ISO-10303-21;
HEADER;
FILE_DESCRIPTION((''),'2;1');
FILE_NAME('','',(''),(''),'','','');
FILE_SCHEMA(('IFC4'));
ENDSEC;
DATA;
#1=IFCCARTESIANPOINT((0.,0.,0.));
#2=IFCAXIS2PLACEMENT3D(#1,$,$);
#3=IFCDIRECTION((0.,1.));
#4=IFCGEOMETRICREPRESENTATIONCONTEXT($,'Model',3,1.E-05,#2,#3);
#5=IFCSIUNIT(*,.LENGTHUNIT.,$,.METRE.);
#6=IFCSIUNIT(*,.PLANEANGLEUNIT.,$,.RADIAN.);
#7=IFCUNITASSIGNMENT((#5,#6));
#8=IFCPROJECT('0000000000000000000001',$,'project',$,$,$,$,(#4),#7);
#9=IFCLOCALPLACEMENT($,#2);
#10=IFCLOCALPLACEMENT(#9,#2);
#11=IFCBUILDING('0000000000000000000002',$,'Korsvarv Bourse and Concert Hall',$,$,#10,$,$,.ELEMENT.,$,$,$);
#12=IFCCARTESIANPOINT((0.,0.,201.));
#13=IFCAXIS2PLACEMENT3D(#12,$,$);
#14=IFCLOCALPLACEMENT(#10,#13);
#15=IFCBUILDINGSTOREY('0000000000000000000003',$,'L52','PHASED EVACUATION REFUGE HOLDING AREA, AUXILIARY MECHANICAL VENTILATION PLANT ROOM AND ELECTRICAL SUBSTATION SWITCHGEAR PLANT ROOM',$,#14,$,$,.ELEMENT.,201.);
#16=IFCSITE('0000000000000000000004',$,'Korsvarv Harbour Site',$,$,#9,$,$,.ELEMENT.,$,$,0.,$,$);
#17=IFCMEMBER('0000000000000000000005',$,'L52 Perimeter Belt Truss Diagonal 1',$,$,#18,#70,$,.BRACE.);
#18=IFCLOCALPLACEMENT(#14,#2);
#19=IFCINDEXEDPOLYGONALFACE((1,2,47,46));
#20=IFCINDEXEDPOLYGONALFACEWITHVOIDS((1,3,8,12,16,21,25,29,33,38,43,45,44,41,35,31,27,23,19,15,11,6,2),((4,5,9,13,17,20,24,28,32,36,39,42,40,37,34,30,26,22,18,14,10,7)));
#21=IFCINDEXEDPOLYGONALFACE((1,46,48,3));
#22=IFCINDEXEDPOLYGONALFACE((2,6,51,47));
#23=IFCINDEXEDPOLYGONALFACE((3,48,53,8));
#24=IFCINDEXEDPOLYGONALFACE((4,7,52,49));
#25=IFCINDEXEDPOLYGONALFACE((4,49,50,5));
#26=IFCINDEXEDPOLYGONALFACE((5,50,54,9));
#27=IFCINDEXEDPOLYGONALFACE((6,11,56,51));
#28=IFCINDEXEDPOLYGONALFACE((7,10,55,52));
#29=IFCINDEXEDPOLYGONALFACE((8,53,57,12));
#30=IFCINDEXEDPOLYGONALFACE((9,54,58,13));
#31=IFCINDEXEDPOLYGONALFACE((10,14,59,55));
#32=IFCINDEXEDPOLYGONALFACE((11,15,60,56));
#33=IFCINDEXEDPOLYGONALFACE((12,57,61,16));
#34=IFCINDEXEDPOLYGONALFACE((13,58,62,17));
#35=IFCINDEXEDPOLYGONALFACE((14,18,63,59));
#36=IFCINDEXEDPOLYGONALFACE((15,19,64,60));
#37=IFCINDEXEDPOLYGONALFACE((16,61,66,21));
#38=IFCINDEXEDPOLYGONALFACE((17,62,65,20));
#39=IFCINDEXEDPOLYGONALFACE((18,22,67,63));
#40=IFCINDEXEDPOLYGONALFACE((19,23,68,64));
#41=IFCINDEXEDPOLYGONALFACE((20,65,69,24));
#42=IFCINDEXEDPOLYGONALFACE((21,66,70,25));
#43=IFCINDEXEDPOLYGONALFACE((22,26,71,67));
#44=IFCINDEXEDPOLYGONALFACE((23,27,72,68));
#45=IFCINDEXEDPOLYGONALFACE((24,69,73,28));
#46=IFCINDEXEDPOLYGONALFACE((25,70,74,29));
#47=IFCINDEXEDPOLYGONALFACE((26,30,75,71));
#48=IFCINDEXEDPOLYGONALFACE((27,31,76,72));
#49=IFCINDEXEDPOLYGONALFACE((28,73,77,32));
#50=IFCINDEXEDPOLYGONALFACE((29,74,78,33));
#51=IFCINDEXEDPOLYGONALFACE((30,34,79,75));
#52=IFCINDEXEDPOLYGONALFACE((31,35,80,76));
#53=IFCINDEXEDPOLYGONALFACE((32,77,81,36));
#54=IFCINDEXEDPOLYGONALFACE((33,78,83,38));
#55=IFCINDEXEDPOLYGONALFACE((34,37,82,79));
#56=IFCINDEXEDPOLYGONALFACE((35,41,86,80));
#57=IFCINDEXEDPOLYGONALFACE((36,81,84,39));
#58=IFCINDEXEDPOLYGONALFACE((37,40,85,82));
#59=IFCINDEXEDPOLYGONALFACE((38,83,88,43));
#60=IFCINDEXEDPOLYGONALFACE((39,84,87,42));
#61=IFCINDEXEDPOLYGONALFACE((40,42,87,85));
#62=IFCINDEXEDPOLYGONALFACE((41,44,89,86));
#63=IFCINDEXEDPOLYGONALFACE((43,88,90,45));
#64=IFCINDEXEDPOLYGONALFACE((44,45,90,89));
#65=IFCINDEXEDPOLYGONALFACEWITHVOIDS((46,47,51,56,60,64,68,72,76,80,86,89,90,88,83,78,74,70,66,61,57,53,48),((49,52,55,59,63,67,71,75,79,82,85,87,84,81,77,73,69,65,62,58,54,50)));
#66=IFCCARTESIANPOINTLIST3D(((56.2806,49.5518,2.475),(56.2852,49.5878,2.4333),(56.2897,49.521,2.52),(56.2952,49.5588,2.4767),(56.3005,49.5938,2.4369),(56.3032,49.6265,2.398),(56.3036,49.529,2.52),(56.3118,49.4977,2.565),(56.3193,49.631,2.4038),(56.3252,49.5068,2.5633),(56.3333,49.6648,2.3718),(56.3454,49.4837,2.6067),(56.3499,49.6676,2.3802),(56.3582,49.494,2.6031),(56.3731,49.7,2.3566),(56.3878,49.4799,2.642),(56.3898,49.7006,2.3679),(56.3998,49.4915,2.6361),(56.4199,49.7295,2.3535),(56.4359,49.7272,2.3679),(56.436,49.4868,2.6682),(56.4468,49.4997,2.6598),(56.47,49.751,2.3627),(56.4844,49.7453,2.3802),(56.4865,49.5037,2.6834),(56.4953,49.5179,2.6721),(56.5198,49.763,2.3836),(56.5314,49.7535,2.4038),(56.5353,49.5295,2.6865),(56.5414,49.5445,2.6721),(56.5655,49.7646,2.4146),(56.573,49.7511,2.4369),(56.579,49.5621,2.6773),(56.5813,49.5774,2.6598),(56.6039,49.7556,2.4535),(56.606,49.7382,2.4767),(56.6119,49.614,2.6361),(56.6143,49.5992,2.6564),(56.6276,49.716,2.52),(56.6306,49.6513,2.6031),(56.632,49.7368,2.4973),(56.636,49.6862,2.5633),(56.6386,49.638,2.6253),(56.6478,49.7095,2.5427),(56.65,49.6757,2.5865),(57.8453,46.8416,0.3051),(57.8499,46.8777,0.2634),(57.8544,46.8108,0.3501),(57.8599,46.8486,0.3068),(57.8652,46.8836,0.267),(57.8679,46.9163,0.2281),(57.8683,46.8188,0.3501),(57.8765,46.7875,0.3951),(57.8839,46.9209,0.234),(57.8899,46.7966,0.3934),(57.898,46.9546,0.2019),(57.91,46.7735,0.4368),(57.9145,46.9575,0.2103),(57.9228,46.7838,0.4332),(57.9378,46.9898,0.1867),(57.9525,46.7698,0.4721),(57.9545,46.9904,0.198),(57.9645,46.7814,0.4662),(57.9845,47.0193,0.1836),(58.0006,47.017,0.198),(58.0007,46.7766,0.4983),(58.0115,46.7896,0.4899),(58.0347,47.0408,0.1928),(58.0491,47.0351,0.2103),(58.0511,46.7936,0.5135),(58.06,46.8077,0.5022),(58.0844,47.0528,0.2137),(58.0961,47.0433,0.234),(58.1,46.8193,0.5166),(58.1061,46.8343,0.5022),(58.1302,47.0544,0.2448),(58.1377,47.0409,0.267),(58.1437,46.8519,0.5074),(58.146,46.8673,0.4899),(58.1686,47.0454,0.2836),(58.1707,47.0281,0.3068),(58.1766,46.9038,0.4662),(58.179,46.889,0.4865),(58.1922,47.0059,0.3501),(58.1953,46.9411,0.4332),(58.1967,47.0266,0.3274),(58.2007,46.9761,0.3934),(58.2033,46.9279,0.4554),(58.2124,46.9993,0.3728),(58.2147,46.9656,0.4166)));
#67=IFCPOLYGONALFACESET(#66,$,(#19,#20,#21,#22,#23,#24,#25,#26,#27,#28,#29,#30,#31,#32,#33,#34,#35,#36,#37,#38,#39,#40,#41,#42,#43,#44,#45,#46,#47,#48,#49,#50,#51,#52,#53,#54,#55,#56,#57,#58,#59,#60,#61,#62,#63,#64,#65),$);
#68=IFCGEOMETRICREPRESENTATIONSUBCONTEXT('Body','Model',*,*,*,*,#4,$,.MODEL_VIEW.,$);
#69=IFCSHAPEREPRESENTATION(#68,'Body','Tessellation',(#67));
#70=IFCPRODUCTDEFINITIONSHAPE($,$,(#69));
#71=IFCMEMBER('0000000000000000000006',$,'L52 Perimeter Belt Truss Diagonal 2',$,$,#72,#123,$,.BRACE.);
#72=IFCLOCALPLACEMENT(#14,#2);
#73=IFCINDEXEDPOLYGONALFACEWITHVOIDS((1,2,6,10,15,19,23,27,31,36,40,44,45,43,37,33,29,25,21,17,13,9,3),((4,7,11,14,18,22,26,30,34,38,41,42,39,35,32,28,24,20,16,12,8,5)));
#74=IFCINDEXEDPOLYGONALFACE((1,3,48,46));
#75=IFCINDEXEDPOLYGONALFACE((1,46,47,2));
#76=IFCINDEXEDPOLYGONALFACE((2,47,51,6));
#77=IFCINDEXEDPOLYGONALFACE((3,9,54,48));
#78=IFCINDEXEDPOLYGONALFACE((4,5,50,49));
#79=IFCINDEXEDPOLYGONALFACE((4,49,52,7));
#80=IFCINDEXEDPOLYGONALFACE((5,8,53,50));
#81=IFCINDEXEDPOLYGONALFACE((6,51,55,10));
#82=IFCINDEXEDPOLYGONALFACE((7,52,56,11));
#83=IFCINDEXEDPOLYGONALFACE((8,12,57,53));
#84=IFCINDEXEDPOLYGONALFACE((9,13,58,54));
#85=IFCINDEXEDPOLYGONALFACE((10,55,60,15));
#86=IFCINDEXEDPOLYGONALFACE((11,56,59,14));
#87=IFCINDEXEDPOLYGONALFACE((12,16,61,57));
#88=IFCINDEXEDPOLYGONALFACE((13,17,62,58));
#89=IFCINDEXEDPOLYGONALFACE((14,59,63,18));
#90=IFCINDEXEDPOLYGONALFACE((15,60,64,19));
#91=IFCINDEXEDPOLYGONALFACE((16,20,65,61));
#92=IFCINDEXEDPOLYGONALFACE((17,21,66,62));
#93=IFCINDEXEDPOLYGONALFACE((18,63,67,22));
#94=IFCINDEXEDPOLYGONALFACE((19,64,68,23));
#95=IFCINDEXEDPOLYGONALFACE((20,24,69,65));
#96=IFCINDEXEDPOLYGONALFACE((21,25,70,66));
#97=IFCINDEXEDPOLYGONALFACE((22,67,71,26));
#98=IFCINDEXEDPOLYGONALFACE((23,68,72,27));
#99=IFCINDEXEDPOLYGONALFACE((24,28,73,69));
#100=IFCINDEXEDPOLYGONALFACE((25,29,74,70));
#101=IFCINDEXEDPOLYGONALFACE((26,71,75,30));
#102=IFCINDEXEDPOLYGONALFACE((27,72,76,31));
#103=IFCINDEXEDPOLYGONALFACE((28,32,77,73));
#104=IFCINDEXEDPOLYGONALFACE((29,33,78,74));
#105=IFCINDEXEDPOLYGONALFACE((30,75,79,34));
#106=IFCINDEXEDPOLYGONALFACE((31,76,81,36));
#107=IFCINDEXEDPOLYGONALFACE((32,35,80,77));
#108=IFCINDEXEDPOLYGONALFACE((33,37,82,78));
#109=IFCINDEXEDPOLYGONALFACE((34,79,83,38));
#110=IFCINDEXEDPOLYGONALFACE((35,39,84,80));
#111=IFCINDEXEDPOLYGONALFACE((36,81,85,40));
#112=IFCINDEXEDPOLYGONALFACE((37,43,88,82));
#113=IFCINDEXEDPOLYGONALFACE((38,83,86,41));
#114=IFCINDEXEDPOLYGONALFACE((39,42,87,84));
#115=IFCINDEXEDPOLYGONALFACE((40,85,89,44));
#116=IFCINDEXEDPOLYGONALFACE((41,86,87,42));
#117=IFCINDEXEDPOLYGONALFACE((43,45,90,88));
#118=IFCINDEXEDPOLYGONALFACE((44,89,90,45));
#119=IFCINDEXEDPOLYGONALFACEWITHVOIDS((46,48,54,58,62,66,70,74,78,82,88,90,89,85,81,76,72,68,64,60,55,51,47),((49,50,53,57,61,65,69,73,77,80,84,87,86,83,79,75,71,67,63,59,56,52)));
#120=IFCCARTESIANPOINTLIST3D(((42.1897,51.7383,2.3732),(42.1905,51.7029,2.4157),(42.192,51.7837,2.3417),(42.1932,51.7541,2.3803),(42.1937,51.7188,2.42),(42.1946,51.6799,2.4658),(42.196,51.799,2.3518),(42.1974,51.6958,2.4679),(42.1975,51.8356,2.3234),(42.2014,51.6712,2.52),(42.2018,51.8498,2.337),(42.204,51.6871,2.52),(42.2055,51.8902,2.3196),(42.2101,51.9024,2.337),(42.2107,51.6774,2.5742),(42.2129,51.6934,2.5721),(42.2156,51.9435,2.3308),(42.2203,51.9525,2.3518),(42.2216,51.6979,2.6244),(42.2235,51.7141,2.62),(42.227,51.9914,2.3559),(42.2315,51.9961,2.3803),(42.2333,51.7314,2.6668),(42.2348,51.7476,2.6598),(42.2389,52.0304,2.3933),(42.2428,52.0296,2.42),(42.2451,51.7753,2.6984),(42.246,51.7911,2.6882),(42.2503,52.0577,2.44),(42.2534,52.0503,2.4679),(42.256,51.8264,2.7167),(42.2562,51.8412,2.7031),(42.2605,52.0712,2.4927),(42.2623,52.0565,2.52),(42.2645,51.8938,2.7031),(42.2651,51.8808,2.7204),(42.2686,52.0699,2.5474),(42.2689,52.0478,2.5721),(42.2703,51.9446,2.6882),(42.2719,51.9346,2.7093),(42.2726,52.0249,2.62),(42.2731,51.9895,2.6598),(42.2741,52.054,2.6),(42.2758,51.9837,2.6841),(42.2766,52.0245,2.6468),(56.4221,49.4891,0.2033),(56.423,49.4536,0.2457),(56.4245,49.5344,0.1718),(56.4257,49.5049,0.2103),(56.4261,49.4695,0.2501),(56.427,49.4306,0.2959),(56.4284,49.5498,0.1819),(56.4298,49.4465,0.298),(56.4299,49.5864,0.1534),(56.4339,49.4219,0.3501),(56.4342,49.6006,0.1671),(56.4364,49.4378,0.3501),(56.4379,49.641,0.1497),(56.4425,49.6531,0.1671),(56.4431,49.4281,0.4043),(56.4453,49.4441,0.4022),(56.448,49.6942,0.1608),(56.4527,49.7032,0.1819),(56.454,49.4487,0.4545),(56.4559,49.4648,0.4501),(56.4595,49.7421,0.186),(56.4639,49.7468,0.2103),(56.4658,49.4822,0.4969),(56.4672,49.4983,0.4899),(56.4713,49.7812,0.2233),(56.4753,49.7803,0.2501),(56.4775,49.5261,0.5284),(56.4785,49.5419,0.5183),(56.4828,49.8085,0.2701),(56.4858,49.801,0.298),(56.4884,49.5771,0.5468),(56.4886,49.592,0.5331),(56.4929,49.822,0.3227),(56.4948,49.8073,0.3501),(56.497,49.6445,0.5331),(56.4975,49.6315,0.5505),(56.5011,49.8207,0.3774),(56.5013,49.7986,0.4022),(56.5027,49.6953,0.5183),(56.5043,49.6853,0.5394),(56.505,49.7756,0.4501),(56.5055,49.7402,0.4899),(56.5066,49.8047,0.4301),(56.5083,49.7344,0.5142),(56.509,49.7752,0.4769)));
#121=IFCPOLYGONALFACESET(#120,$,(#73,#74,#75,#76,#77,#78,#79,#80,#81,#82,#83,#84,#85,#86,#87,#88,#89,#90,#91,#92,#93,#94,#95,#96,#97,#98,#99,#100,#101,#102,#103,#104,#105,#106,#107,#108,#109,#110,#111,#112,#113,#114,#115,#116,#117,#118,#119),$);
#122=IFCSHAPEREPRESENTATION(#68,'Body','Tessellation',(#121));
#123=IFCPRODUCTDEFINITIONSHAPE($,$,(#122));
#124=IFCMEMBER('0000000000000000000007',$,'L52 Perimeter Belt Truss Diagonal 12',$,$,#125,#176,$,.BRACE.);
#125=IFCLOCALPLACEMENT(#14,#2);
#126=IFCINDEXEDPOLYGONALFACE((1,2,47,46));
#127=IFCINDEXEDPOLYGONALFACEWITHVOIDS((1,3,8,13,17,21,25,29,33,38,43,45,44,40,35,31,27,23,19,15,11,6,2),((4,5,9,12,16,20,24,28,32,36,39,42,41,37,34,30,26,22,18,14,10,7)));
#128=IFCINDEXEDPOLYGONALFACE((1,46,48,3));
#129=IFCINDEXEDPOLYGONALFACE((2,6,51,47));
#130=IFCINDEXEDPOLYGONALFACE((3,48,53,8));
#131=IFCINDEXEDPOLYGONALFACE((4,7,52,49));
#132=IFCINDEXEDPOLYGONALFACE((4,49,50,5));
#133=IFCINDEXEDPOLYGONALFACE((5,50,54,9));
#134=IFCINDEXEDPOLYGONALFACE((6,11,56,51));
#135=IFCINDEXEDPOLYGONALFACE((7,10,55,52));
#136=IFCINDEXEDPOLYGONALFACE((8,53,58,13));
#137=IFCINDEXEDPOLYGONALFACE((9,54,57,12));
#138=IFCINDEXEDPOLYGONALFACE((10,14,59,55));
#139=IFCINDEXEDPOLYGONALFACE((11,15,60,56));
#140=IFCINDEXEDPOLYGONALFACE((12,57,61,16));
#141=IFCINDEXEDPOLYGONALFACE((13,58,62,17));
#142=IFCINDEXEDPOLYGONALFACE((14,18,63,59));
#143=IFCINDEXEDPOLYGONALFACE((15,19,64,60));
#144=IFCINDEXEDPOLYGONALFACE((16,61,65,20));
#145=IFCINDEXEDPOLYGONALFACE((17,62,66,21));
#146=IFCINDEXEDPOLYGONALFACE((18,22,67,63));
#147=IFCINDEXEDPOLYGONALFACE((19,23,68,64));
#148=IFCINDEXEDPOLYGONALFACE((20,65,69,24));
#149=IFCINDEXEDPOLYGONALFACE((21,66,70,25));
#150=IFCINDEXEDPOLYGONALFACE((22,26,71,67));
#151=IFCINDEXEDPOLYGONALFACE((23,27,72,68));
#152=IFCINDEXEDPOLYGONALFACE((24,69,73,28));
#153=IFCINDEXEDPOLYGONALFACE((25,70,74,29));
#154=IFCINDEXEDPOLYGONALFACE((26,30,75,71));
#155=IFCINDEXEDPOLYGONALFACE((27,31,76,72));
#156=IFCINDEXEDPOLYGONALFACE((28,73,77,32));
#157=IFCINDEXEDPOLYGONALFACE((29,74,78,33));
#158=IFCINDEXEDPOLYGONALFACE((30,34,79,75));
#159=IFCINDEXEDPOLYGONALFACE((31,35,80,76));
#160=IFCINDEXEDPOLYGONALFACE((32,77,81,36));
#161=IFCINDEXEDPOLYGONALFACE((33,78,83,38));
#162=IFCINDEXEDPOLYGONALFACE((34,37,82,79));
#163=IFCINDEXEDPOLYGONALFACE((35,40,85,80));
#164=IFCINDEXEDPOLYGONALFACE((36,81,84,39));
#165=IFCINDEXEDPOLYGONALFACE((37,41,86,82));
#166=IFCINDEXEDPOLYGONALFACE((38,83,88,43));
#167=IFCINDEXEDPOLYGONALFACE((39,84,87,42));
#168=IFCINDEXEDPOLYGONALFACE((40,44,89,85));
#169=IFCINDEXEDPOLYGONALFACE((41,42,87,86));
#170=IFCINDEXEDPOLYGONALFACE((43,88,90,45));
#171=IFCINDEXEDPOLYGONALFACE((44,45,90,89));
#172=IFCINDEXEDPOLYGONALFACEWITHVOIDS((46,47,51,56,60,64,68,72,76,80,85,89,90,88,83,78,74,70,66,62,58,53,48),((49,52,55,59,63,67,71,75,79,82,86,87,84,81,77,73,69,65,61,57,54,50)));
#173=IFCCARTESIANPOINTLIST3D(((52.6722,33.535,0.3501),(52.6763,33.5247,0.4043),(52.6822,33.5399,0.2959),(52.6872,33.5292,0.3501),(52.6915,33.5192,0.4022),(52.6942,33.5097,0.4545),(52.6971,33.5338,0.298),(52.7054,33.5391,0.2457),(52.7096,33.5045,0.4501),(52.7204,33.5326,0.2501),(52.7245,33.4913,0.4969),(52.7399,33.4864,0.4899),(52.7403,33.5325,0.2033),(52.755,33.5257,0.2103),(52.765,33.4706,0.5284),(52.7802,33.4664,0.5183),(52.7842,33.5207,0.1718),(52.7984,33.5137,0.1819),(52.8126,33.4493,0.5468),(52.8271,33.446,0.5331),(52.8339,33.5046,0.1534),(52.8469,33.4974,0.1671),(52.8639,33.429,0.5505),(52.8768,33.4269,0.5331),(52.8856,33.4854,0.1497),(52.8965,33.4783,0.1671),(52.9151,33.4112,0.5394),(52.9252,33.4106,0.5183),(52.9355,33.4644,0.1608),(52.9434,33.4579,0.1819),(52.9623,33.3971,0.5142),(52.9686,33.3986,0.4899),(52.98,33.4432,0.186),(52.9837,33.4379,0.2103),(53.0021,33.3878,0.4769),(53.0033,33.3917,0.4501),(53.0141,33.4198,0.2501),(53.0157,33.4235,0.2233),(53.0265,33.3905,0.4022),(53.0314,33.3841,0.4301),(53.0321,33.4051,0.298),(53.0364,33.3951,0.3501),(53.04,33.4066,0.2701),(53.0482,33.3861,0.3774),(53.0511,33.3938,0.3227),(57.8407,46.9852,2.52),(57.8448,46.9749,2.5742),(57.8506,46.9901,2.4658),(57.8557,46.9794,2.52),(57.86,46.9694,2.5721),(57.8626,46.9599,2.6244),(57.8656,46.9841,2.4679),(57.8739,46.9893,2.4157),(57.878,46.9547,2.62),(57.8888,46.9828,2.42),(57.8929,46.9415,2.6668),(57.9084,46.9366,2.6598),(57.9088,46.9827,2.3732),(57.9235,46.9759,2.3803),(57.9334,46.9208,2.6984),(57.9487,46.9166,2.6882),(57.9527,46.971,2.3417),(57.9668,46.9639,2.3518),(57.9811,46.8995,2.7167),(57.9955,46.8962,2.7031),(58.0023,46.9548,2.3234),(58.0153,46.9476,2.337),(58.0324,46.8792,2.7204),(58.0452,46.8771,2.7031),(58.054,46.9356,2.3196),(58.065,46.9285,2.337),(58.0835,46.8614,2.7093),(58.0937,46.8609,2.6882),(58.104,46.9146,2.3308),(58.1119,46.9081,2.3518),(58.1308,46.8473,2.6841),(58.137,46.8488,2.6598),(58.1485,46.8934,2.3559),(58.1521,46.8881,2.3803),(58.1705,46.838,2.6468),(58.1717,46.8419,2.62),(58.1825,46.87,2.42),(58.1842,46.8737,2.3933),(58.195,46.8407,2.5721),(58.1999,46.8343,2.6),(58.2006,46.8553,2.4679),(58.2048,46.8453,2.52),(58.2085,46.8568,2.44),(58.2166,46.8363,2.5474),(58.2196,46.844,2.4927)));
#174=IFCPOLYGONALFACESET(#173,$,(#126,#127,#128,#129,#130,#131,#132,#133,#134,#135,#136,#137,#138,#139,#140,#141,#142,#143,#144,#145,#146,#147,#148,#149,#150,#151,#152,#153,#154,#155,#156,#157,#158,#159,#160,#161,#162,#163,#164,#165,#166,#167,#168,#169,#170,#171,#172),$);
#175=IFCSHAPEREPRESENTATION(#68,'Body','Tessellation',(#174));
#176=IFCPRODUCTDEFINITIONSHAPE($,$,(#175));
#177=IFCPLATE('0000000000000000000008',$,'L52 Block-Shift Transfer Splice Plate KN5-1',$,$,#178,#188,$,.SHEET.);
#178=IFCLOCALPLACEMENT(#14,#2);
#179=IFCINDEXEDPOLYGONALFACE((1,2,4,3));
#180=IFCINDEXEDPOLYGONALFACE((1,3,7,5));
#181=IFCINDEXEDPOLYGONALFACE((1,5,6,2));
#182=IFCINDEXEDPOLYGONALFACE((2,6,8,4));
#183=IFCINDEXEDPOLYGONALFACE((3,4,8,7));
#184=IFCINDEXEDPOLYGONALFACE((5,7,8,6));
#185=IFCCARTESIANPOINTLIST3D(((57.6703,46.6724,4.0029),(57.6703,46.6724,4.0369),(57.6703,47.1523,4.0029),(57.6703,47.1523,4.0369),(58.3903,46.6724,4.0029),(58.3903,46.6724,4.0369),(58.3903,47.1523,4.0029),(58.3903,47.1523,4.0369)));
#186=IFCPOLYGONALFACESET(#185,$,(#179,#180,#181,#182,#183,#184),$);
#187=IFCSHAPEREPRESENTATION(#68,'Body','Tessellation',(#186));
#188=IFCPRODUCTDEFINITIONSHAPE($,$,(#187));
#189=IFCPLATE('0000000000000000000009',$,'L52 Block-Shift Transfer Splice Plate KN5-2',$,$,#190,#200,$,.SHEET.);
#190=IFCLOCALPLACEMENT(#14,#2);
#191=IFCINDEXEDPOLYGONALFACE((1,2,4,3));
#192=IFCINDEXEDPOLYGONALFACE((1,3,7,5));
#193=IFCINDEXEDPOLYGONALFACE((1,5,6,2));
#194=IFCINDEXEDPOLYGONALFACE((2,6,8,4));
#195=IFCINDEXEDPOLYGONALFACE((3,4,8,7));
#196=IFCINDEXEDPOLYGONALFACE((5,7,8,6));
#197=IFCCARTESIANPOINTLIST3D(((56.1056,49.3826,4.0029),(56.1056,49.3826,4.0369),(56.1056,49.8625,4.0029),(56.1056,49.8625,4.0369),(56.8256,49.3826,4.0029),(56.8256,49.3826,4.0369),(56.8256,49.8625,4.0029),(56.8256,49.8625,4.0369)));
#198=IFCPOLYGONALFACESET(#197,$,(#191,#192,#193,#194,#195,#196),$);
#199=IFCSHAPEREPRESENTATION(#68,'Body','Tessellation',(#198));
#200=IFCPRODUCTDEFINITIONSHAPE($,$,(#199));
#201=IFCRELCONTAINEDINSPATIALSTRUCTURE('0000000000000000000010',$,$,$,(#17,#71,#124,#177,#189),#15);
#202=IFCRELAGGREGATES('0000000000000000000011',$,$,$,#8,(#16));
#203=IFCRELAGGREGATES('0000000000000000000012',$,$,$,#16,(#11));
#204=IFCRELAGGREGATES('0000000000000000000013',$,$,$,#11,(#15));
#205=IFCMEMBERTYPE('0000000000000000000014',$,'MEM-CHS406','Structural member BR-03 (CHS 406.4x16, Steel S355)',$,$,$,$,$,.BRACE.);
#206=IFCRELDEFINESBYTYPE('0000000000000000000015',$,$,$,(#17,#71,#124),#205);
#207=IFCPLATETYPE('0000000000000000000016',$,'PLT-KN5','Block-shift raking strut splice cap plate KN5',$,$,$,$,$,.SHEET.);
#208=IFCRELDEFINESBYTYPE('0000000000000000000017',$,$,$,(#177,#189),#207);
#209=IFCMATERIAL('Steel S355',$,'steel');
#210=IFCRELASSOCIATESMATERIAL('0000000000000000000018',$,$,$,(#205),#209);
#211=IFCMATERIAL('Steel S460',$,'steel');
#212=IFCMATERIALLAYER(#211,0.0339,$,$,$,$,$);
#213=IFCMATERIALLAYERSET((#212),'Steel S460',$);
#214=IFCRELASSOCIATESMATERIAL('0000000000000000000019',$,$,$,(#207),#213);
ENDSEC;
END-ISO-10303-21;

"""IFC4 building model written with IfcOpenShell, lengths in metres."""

from ifc_helpers import new_model, si_unit, direction, frame, origin, origin_2d, place, context, subcontext, project, spatial, rectangle, hollow_circle, extrude, source, transform, mapped, material, layer, layer_set, material_profile, profile_set, type_object, element, save


model = new_model("IFC4")

# Units and contexts
model_context = context("Model", 3, precision=1e-05, world=origin(), true_north=direction((0.0, 1.0)))
body_context = subcontext(model_context, "Body", "Model", "MODEL_VIEW")
ifc_project = project(units=[si_unit("LENGTHUNIT", "METRE"), si_unit("PLANEANGLEUNIT", "RADIAN")], contexts=[model_context])

# Site, building, storey
site_placement = place(None, origin())
site = spatial("IfcSite", under=ifc_project, at=site_placement, Name="Korsvarv Harbour Site", CompositionType="ELEMENT", RefElevation=0.0)
building_placement = place(site_placement, origin())
building = spatial("IfcBuilding", under=site, at=building_placement, Name="Korsvarv Bourse and Concert Hall", CompositionType="ELEMENT")
storey_placement = place(building_placement, frame((0.0, 0.0, 201.0)))
storey = spatial("IfcBuildingStorey", under=building, at=storey_placement, Name="L52", Description="PHASED EVACUATION REFUGE HOLDING AREA, AUXILIARY MECHANICAL VENTILATION PLANT ROOM AND ELECTRICAL SUBSTATION SWITCHGEAR PLANT ROOM", CompositionType="ELEMENT", Elevation=201.0)

# Shared definitions
ifc_material_1 = material(Name="Steel S355", Category="steel")

# Members
ifc_material_profile_1 = material_profile(ifc_material_1, hollow_circle(Radius=0.2031, WallThickness=0.0161, at=origin_2d()), Name="CHS 406.4x16")
ifc_profile_set_1 = profile_set([ifc_material_profile_1], Name="Steel S355")
member_type_1 = type_object("IfcMemberType", Name="MEM-CHS406", Description="Structural member BR-03 (CHS 406.4x16, Steel S355)", PredefinedType="BRACE", material=ifc_profile_set_1)
shared_shape_1 = source(origin(), body_context, "Body", "SweptSolid", [
    extrude(hollow_circle(Radius=0.2031, WallThickness=0.0161, at=origin_2d()), origin(), (0.0, 0.0, 1.0), 3.8081),
])
member_1_placement = place(storey_placement, frame((58.0303, 46.9124, 0.3501), z_axis=(-0.410881, 0.711684, 0.569809), x_axis=(-0.866031, -0.49999, 0.0)))
element("IfcMember", 1, at=member_1_placement, inside=storey, type_object=member_type_1, Name="L52 Perimeter Belt Truss Diagonal 1", PredefinedType="BRACE", context=body_context, shape_type="MappedRepresentation", body=[
    mapped(shared_shape_1, transform((0.0, 0.0, 0.0), scale=1.0)),
])
shared_shape_2 = source(origin(), body_context, "Body", "SweptSolid", [
    extrude(hollow_circle(Radius=0.2031, WallThickness=0.0161, at=origin_2d()), origin(), (0.0, 0.0, 1.0), 14.5715),
])
for number, where, z_axis, x_axis, name in (
    (2, (56.4656, 49.6226, 0.3501), (-0.976728, 0.15436, 0.148915), (-0.156101, -0.987741, 0.0), "L52 Perimeter Belt Truss Diagonal 2"),
    (3, (52.8618, 33.4622, 0.3501), (0.354696, 0.923047, 0.148915), (-0.933455, 0.358695, 0.0), "L52 Perimeter Belt Truss Diagonal 12"),
):
    element("IfcMember", number, at=place(storey_placement, frame(where, z_axis=z_axis, x_axis=x_axis)), inside=storey, type_object=member_type_1, Name=name, PredefinedType="BRACE", context=body_context, shape_type="MappedRepresentation", body=[
        mapped(shared_shape_2, transform((0.0, 0.0, 0.0), scale=1.0)),
    ])

# Plates
ifc_material_2 = material(Name="Steel S460", Category="steel")
ifc_layer_1 = layer(ifc_material_2, 0.0339)
ifc_layer_set_1 = layer_set([ifc_layer_1], Name="Steel S460")
plate_type_1 = type_object("IfcPlateType", Name="PLT-KN5", Description="Block-shift raking strut splice cap plate KN5", PredefinedType="SHEET", material=ifc_layer_set_1)
shared_shape_3 = source(origin(), body_context, "Body", "SweptSolid", [
    extrude(rectangle(XDim=0.72, YDim=0.48, at=origin_2d()), origin(), (0.0, 0.0, 1.0), 0.0339),
])
for number, where, z_axis, x_axis, name in (
    (4, (58.0303, 46.9124, 4.0029), (0.0, 0.0, 1.0), (1.0, 0.0, 0.0), "L52 Block-Shift Transfer Splice Plate KN5-1"),
    (5, (56.4656, 49.6226, 4.0029), (0.0, 0.0, 1.0), (1.0, 0.0, 0.0), "L52 Block-Shift Transfer Splice Plate KN5-2"),
):
    element("IfcPlate", number, at=place(storey_placement, frame(where, z_axis=z_axis, x_axis=x_axis)), inside=storey, type_object=plate_type_1, Name=name, PredefinedType="SHEET", context=body_context, shape_type="MappedRepresentation", body=[
        mapped(shared_shape_3, transform((0.0, 0.0, 0.0), scale=1.0)),
    ])

save(model, "model.ifc")
